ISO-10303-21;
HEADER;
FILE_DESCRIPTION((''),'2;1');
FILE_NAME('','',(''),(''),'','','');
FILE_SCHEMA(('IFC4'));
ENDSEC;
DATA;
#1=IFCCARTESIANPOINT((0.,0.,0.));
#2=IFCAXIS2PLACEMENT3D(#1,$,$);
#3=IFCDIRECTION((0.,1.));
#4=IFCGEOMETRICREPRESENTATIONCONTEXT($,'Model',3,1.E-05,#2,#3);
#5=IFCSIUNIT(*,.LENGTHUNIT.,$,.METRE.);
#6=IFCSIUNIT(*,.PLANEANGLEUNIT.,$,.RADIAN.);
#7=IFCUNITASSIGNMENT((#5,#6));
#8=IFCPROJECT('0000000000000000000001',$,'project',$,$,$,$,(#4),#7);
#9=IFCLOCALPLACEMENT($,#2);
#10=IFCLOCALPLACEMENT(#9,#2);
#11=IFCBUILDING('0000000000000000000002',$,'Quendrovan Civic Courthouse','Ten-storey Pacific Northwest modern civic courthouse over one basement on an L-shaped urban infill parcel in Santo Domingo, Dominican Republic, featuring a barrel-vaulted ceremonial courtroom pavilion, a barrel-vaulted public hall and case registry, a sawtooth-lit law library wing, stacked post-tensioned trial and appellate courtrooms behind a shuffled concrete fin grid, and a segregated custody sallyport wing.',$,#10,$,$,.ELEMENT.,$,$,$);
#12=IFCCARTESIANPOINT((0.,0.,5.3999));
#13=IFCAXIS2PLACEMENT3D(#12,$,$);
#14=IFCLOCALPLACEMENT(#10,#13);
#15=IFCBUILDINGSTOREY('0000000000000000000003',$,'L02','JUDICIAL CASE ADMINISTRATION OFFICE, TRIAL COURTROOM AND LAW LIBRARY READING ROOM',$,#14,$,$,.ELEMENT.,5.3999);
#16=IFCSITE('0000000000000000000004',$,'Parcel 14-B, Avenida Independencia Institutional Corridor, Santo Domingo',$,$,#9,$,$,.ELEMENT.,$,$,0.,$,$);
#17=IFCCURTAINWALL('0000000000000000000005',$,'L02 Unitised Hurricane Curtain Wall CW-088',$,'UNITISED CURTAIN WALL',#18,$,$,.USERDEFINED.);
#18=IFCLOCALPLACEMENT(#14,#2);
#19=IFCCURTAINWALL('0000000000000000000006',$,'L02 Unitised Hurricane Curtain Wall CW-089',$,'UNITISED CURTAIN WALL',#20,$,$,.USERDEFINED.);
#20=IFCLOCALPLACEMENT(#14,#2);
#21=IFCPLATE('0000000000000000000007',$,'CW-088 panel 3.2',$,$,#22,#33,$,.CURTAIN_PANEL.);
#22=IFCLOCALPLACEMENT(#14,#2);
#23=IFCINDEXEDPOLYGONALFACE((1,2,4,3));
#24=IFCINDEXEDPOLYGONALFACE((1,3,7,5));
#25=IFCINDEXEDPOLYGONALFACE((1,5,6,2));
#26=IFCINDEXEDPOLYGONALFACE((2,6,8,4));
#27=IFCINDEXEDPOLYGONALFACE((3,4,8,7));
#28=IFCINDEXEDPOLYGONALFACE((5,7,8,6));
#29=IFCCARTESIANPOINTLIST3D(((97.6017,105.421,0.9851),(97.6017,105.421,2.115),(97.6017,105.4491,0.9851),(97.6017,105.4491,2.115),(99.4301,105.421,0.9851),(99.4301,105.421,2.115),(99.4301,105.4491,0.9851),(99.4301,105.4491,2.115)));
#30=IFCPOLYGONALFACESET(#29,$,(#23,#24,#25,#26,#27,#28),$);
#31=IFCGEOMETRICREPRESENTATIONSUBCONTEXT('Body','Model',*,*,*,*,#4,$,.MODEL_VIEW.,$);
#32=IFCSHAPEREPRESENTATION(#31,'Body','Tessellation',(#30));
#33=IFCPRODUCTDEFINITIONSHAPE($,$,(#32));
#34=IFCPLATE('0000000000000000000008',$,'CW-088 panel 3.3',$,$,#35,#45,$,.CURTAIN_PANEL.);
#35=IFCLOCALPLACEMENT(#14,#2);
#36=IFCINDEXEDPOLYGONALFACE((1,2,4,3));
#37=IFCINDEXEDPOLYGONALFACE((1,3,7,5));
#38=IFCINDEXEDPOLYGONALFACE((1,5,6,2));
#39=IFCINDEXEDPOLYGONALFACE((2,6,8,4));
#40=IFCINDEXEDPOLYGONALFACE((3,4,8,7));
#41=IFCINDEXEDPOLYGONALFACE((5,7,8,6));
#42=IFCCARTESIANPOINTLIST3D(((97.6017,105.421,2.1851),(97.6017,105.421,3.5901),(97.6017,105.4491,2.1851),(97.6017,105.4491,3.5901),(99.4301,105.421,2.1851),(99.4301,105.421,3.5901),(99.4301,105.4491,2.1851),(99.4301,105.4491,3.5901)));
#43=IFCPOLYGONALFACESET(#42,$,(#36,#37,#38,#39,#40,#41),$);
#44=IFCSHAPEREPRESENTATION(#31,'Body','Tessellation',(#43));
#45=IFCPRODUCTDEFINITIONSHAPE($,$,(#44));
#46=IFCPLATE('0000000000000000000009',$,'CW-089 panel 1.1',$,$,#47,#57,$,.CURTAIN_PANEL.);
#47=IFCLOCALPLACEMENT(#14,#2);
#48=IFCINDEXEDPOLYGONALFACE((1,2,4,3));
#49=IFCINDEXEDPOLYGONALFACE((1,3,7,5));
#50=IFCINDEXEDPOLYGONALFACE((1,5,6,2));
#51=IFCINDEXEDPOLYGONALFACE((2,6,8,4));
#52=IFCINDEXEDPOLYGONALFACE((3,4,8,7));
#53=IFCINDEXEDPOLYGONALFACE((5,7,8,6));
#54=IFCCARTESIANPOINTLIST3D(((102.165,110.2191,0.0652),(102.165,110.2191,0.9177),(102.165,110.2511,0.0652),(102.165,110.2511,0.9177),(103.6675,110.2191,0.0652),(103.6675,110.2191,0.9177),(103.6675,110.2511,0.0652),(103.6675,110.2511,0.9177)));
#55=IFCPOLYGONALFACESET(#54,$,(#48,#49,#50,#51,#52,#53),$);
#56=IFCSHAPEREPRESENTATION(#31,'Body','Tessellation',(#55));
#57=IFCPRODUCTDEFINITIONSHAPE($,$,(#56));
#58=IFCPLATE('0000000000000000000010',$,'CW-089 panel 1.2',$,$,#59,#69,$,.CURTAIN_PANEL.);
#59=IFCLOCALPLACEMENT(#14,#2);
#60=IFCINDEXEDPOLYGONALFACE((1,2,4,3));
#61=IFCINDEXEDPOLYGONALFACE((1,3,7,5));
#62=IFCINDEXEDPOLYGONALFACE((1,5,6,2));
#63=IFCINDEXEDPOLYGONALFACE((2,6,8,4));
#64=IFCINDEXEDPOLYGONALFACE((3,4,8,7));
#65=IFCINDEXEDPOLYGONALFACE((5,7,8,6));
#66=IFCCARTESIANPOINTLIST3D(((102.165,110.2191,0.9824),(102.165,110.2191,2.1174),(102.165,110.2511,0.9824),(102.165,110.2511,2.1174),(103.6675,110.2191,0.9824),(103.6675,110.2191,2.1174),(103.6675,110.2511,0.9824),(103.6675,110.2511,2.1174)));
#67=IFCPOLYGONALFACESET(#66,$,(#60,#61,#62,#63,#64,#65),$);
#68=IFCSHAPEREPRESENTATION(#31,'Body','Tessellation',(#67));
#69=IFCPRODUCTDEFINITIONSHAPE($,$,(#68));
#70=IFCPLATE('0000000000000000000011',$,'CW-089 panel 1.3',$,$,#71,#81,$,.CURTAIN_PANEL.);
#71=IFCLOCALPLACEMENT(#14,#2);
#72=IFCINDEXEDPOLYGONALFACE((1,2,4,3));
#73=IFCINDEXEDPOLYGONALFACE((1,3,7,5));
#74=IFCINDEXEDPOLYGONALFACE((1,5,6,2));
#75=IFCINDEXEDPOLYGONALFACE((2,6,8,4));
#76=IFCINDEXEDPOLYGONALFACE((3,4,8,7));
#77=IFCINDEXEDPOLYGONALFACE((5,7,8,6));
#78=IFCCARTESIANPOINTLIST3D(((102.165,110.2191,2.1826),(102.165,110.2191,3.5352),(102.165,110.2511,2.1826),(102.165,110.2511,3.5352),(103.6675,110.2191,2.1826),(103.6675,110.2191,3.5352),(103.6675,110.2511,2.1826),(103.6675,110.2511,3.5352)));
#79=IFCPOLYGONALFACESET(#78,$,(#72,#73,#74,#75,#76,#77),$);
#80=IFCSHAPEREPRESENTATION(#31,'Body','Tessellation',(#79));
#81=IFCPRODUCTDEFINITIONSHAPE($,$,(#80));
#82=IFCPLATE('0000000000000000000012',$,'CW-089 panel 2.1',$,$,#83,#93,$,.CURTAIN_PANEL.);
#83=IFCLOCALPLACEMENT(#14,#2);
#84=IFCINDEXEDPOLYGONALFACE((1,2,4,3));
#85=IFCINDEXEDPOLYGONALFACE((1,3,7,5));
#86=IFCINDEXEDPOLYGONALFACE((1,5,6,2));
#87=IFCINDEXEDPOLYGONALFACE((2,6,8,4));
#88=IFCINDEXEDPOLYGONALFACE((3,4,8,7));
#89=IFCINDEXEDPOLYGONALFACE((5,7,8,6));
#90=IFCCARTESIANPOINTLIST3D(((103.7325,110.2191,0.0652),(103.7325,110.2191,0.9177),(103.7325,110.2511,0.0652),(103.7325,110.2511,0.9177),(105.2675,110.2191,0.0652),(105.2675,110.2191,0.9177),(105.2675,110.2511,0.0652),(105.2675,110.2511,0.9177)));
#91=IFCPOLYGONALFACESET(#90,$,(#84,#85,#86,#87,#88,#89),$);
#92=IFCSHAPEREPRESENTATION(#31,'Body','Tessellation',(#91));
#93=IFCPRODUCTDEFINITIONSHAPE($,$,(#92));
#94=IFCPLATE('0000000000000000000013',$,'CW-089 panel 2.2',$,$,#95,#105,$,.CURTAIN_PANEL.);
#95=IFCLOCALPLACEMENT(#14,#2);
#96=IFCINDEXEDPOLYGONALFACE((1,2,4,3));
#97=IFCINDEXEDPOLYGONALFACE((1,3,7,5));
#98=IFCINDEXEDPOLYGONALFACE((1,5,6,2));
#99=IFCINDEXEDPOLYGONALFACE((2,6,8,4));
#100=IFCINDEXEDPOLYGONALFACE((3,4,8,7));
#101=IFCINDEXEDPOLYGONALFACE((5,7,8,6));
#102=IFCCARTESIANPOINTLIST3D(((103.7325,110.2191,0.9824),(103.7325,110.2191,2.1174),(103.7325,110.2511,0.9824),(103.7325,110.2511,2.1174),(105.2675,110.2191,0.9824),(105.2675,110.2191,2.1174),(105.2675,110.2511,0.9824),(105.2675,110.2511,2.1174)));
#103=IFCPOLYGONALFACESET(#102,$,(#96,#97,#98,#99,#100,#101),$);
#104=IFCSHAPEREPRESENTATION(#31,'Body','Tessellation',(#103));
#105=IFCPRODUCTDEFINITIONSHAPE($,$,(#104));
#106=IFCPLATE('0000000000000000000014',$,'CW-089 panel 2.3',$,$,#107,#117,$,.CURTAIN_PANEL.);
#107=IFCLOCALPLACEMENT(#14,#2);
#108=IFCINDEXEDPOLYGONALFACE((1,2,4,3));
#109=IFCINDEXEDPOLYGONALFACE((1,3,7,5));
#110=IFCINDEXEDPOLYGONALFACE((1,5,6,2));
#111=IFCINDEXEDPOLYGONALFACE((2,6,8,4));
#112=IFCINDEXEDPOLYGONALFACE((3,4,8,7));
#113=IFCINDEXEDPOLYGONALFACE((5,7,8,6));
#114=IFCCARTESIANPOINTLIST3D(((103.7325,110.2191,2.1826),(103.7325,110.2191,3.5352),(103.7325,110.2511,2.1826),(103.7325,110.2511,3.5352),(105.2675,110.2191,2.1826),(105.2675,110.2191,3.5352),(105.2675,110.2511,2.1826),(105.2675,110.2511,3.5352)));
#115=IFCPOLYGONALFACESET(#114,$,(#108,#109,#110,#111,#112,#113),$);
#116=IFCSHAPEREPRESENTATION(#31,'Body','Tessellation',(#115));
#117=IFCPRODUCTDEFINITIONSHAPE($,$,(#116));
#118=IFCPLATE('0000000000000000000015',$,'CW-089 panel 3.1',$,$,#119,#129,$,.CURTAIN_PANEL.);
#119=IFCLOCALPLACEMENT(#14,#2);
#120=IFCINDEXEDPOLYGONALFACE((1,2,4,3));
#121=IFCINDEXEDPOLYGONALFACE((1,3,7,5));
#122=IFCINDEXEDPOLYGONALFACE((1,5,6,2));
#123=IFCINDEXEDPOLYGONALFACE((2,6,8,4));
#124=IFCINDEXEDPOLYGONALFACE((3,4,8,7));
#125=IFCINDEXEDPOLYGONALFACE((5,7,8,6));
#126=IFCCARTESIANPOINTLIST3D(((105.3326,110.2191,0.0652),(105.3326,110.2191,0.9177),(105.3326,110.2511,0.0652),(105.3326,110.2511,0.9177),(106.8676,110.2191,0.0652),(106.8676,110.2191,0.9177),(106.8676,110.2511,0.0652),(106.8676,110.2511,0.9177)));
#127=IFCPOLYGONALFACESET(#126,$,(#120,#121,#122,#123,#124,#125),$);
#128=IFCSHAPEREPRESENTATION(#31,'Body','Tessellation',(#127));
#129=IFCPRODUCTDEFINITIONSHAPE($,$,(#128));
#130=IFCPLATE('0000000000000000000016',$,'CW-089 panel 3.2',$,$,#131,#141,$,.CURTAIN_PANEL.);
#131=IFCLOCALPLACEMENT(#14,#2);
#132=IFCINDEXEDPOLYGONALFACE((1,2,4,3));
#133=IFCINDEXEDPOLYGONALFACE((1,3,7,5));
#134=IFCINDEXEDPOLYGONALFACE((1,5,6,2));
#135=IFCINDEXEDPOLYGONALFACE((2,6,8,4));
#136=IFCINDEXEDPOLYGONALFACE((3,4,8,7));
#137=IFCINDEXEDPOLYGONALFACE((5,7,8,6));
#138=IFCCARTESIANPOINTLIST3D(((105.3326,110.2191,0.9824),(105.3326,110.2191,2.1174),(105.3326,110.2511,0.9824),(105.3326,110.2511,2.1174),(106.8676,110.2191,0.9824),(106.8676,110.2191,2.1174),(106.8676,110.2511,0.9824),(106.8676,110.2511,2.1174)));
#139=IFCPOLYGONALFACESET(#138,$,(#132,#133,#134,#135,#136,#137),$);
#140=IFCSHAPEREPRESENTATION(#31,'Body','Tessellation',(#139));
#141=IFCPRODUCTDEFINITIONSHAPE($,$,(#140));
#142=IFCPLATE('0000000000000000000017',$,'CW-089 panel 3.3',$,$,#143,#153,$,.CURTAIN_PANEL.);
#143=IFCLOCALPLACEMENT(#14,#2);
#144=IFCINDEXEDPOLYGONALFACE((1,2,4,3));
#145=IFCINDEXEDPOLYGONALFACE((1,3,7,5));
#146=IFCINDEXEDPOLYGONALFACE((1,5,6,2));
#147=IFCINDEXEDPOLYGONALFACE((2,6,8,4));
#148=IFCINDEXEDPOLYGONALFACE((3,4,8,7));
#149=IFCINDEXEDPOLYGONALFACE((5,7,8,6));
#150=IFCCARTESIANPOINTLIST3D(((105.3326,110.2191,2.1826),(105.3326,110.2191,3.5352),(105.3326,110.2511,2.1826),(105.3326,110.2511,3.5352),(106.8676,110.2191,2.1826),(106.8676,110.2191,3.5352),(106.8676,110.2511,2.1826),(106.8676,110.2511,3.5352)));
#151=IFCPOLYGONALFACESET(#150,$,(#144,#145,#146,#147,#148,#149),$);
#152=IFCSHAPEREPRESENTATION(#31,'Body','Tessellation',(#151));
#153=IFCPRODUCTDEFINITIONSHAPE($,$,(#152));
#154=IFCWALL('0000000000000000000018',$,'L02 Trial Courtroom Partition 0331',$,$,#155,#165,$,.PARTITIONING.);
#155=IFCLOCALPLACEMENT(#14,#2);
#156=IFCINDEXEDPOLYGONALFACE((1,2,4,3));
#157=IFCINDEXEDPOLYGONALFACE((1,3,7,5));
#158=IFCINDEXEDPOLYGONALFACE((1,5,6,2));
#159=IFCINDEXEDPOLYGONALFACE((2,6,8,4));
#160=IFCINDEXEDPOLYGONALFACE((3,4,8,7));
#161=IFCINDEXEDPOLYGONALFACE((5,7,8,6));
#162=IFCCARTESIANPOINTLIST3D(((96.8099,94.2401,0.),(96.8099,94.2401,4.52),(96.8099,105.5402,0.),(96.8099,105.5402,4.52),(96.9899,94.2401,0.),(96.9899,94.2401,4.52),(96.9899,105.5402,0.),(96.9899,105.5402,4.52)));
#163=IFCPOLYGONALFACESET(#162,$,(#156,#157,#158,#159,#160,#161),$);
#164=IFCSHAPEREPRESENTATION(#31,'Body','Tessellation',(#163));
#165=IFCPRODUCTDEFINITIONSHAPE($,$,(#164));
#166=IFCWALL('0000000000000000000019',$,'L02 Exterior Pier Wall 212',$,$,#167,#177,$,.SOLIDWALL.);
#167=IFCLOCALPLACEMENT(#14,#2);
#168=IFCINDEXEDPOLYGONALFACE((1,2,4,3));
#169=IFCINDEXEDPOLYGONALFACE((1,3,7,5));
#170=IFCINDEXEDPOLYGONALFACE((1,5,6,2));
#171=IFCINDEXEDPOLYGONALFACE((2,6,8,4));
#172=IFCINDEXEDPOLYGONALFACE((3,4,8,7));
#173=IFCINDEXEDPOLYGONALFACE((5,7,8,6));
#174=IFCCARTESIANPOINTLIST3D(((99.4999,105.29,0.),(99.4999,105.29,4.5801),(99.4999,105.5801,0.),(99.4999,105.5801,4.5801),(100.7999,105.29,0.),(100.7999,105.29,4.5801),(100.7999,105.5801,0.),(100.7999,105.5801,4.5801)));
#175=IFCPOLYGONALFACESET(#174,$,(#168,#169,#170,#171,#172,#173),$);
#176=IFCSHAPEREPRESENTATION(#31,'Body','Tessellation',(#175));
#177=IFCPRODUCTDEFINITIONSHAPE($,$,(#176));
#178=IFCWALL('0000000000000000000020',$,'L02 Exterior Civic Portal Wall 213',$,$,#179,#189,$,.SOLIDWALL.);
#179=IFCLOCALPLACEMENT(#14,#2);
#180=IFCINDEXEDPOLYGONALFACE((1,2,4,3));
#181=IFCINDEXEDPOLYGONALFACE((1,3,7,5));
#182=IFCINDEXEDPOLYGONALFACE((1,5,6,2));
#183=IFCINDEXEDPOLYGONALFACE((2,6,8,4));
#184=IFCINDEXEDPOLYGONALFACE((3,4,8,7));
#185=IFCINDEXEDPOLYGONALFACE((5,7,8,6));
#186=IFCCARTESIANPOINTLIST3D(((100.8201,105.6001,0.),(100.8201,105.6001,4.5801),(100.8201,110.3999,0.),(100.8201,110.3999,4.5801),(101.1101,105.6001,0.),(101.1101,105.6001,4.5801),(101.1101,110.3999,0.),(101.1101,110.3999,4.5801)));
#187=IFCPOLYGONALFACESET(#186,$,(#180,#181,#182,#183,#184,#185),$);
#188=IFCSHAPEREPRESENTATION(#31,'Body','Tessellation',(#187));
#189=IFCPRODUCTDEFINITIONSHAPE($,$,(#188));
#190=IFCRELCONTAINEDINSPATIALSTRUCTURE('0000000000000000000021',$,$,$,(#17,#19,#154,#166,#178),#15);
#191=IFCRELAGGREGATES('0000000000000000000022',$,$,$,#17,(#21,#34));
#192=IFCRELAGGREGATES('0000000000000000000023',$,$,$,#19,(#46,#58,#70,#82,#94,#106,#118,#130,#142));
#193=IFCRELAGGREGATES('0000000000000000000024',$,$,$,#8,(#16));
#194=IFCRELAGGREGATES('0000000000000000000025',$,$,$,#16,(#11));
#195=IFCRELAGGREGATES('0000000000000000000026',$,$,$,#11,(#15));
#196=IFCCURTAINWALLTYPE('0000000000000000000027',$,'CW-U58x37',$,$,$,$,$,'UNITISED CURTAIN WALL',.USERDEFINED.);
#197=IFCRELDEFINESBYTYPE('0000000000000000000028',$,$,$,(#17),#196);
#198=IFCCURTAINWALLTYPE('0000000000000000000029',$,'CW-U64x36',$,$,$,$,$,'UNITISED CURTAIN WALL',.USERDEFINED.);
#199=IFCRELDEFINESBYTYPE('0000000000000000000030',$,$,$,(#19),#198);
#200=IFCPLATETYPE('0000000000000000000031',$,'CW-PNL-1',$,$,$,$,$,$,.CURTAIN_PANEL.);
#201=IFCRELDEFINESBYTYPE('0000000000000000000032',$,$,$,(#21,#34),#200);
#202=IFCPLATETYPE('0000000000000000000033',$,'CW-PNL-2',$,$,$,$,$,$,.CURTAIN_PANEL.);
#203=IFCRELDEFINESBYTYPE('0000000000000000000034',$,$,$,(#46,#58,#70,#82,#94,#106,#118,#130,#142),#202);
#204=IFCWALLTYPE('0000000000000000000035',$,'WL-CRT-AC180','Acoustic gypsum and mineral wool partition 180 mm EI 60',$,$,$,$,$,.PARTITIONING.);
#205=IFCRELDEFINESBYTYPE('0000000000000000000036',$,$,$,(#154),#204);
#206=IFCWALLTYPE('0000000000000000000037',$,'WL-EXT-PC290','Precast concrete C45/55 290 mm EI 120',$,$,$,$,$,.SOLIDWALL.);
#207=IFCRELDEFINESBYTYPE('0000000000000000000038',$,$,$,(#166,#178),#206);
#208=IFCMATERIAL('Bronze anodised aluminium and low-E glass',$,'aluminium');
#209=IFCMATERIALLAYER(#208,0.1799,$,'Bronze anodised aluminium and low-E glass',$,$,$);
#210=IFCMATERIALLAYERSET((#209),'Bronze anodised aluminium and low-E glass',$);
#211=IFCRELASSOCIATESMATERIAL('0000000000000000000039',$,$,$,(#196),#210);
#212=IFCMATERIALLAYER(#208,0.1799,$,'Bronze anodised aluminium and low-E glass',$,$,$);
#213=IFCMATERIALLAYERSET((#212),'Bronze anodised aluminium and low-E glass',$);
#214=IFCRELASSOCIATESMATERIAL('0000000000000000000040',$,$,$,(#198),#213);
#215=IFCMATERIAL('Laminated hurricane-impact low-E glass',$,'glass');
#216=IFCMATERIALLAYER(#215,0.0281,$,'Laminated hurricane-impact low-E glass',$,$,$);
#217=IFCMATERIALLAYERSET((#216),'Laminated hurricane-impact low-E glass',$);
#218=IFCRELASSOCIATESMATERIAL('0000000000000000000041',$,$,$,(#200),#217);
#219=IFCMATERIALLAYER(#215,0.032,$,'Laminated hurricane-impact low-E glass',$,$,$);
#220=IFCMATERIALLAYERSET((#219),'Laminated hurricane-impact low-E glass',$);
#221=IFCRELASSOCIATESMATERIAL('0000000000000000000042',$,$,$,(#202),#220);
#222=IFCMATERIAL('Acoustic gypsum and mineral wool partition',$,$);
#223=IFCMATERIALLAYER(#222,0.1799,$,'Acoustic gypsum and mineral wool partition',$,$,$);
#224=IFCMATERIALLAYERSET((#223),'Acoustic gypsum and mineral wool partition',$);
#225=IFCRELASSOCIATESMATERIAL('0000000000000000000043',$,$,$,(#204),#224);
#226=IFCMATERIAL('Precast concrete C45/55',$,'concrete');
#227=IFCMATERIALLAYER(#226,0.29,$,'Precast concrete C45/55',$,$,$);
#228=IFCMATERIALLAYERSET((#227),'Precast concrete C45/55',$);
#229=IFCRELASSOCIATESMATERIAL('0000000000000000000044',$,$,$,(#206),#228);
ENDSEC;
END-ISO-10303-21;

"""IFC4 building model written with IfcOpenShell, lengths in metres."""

from ifc_helpers import new_model, si_unit, direction, frame, frame_2d, origin, origin_2d, place, context, subcontext, project, spatial, rectangle, extrude, material, layer, layer_set, type_object, element, aggregate, save


model = new_model("IFC4")

# Units and contexts
model_context = context("Model", 3, precision=1e-05, world=origin(), true_north=direction((0.0, 1.0)))
body_context = subcontext(model_context, "Body", "Model", "MODEL_VIEW")
ifc_project = project(units=[si_unit("LENGTHUNIT", "METRE"), si_unit("PLANEANGLEUNIT", "RADIAN")], contexts=[model_context])

# Site, building, storey
site_placement = place(None, origin())
site = spatial("IfcSite", under=ifc_project, at=site_placement, Name="Parcel 14-B, Avenida Independencia Institutional Corridor, Santo Domingo", CompositionType="ELEMENT", RefElevation=0.0)
building_placement = place(site_placement, origin())
building = spatial("IfcBuilding", under=site, at=building_placement, Name="Quendrovan Civic Courthouse", Description="Ten-storey Pacific Northwest modern civic courthouse over one basement on an L-shaped urban infill parcel in Santo Domingo, Dominican Republic, featuring a barrel-vaulted ceremonial courtroom pavilion, a barrel-vaulted public hall and case registry, a sawtooth-lit law library wing, stacked post-tensioned trial and appellate courtrooms behind a shuffled concrete fin grid, and a segregated custody sallyport wing.", CompositionType="ELEMENT")
storey_placement = place(building_placement, frame((0.0, 0.0, 5.3999)))
storey = spatial("IfcBuildingStorey", under=building, at=storey_placement, Name="L02", Description="JUDICIAL CASE ADMINISTRATION OFFICE, TRIAL COURTROOM AND LAW LIBRARY READING ROOM", CompositionType="ELEMENT", Elevation=5.3999)

# Curtain wall
ifc_material_1 = material(Name="Bronze anodised aluminium and low-E glass", Category="aluminium")
ifc_layer_1 = layer(ifc_material_1, 0.1799, Name="Bronze anodised aluminium and low-E glass")
ifc_layer_set_1 = layer_set([ifc_layer_1], Name="Bronze anodised aluminium and low-E glass")
curtain_wall_type_1 = type_object("IfcCurtainWallType", Name="CW-U58x37", ElementType="UNITISED CURTAIN WALL", PredefinedType="USERDEFINED", material=ifc_layer_set_1)
curtain_wall_1_placement = place(storey_placement, origin())
curtain_wall_1 = element("IfcCurtainWall", 1, at=curtain_wall_1_placement, inside=storey, type_object=curtain_wall_type_1, Name="L02 Unitised Hurricane Curtain Wall CW-088", ObjectType="UNITISED CURTAIN WALL", PredefinedType="USERDEFINED")

# Curtain wall
ifc_layer_2 = layer(ifc_material_1, 0.1799, Name="Bronze anodised aluminium and low-E glass")
ifc_layer_set_2 = layer_set([ifc_layer_2], Name="Bronze anodised aluminium and low-E glass")
curtain_wall_type_2 = type_object("IfcCurtainWallType", Name="CW-U64x36", ElementType="UNITISED CURTAIN WALL", PredefinedType="USERDEFINED", material=ifc_layer_set_2)
curtain_wall_2_placement = place(storey_placement, origin())
curtain_wall_2 = element("IfcCurtainWall", 2, at=curtain_wall_2_placement, inside=storey, type_object=curtain_wall_type_2, Name="L02 Unitised Hurricane Curtain Wall CW-089", ObjectType="UNITISED CURTAIN WALL", PredefinedType="USERDEFINED")

# Plates
ifc_material_2 = material(Name="Laminated hurricane-impact low-E glass", Category="glass")
ifc_layer_3 = layer(ifc_material_2, 0.0281, Name="Laminated hurricane-impact low-E glass")
ifc_layer_set_3 = layer_set([ifc_layer_3], Name="Laminated hurricane-impact low-E glass")
plate_type_1 = type_object("IfcPlateType", Name="CW-PNL-1", PredefinedType="CURTAIN_PANEL", material=ifc_layer_set_3)
plate_1_placement = place(storey_placement, frame((98.5159, 105.4351, 0.9851), z_axis=(0.0, 0.0, 1.0), x_axis=(1.0, 0.0, 0.0)))
plate_1 = element("IfcPlate", 3, at=plate_1_placement, type_object=plate_type_1, Name="CW-088 panel 3.2", PredefinedType="CURTAIN_PANEL", context=body_context, shape_type="SweptSolid", body=[
    extrude(rectangle(XDim=1.8284, YDim=0.0281, at=origin_2d()), origin(), (0.0, 0.0, 1.0), 1.1299),
])
plate_2_placement = place(storey_placement, frame((98.5159, 105.4351, 2.1851), z_axis=(0.0, 0.0, 1.0), x_axis=(1.0, 0.0, 0.0)))
plate_2 = element("IfcPlate", 4, at=plate_2_placement, type_object=plate_type_1, Name="CW-088 panel 3.3", PredefinedType="CURTAIN_PANEL", context=body_context, shape_type="SweptSolid", body=[
    extrude(rectangle(XDim=1.8284, YDim=0.0281, at=origin_2d()), origin(), (0.0, 0.0, 1.0), 1.405),
])
aggregate(curtain_wall_1, [plate_1, plate_2])
ifc_layer_4 = layer(ifc_material_2, 0.032, Name="Laminated hurricane-impact low-E glass")
ifc_layer_set_4 = layer_set([ifc_layer_4], Name="Laminated hurricane-impact low-E glass")
plate_type_2 = type_object("IfcPlateType", Name="CW-PNL-2", PredefinedType="CURTAIN_PANEL", material=ifc_layer_set_4)
plate_3_placement = place(storey_placement, frame((102.9163, 110.2351, 0.0652), z_axis=(0.0, 0.0, 1.0), x_axis=(1.0, 0.0, 0.0)))
plate_3 = element("IfcPlate", 5, at=plate_3_placement, type_object=plate_type_2, Name="CW-089 panel 1.1", PredefinedType="CURTAIN_PANEL", context=body_context, shape_type="SweptSolid", body=[
    extrude(rectangle(XDim=1.5024, YDim=0.032, at=origin_2d()), origin(), (0.0, 0.0, 1.0), 0.8525),
])
plate_4_placement = place(storey_placement, frame((102.9163, 110.2351, 0.9824), z_axis=(0.0, 0.0, 1.0), x_axis=(1.0, 0.0, 0.0)))
plate_4 = element("IfcPlate", 6, at=plate_4_placement, type_object=plate_type_2, Name="CW-089 panel 1.2", PredefinedType="CURTAIN_PANEL", context=body_context, shape_type="SweptSolid", body=[
    extrude(rectangle(XDim=1.5024, YDim=0.032, at=origin_2d()), origin(), (0.0, 0.0, 1.0), 1.135),
])
plate_5_placement = place(storey_placement, frame((102.9163, 110.2351, 2.1826), z_axis=(0.0, 0.0, 1.0), x_axis=(1.0, 0.0, 0.0)))
plate_5 = element("IfcPlate", 7, at=plate_5_placement, type_object=plate_type_2, Name="CW-089 panel 1.3", PredefinedType="CURTAIN_PANEL", context=body_context, shape_type="SweptSolid", body=[
    extrude(rectangle(XDim=1.5024, YDim=0.032, at=origin_2d()), origin(), (0.0, 0.0, 1.0), 1.3525),
])
plate_6_placement = place(storey_placement, frame((104.5, 110.2351, 0.0652), z_axis=(0.0, 0.0, 1.0), x_axis=(1.0, 0.0, 0.0)))
plate_6 = element("IfcPlate", 8, at=plate_6_placement, type_object=plate_type_2, Name="CW-089 panel 2.1", PredefinedType="CURTAIN_PANEL", context=body_context, shape_type="SweptSolid", body=[
    extrude(rectangle(XDim=1.5349, YDim=0.032, at=origin_2d()), origin(), (0.0, 0.0, 1.0), 0.8525),
])
plate_7_placement = place(storey_placement, frame((104.5, 110.2351, 0.9824), z_axis=(0.0, 0.0, 1.0), x_axis=(1.0, 0.0, 0.0)))
plate_7 = element("IfcPlate", 9, at=plate_7_placement, type_object=plate_type_2, Name="CW-089 panel 2.2", PredefinedType="CURTAIN_PANEL", context=body_context, shape_type="SweptSolid", body=[
    extrude(rectangle(XDim=1.5349, YDim=0.032, at=origin_2d()), origin(), (0.0, 0.0, 1.0), 1.135),
])
plate_8_placement = place(storey_placement, frame((104.5, 110.2351, 2.1826), z_axis=(0.0, 0.0, 1.0), x_axis=(1.0, 0.0, 0.0)))
plate_8 = element("IfcPlate", 10, at=plate_8_placement, type_object=plate_type_2, Name="CW-089 panel 2.3", PredefinedType="CURTAIN_PANEL", context=body_context, shape_type="SweptSolid", body=[
    extrude(rectangle(XDim=1.5349, YDim=0.032, at=origin_2d()), origin(), (0.0, 0.0, 1.0), 1.3525),
])
plate_9_placement = place(storey_placement, frame((106.1001, 110.2351, 0.0652), z_axis=(0.0, 0.0, 1.0), x_axis=(1.0, 0.0, 0.0)))
plate_9 = element("IfcPlate", 11, at=plate_9_placement, type_object=plate_type_2, Name="CW-089 panel 3.1", PredefinedType="CURTAIN_PANEL", context=body_context, shape_type="SweptSolid", body=[
    extrude(rectangle(XDim=1.5349, YDim=0.032, at=origin_2d()), origin(), (0.0, 0.0, 1.0), 0.8525),
])
plate_10_placement = place(storey_placement, frame((106.1001, 110.2351, 0.9824), z_axis=(0.0, 0.0, 1.0), x_axis=(1.0, 0.0, 0.0)))
plate_10 = element("IfcPlate", 12, at=plate_10_placement, type_object=plate_type_2, Name="CW-089 panel 3.2", PredefinedType="CURTAIN_PANEL", context=body_context, shape_type="SweptSolid", body=[
    extrude(rectangle(XDim=1.5349, YDim=0.032, at=origin_2d()), origin(), (0.0, 0.0, 1.0), 1.135),
])
plate_11_placement = place(storey_placement, frame((106.1001, 110.2351, 2.1826), z_axis=(0.0, 0.0, 1.0), x_axis=(1.0, 0.0, 0.0)))
plate_11 = element("IfcPlate", 13, at=plate_11_placement, type_object=plate_type_2, Name="CW-089 panel 3.3", PredefinedType="CURTAIN_PANEL", context=body_context, shape_type="SweptSolid", body=[
    extrude(rectangle(XDim=1.5349, YDim=0.032, at=origin_2d()), origin(), (0.0, 0.0, 1.0), 1.3525),
])
aggregate(curtain_wall_2, [plate_3, plate_4, plate_5, plate_6, plate_7, plate_8, plate_9, plate_10, plate_11])

# Walls
ifc_material_3 = material(Name="Acoustic gypsum and mineral wool partition")
ifc_layer_5 = layer(ifc_material_3, 0.1799, Name="Acoustic gypsum and mineral wool partition")
ifc_layer_set_5 = layer_set([ifc_layer_5], Name="Acoustic gypsum and mineral wool partition")
wall_type_1 = type_object("IfcWallType", Name="WL-CRT-AC180", Description="Acoustic gypsum and mineral wool partition 180 mm EI 60", PredefinedType="PARTITIONING", material=ifc_layer_set_5)
wall_1_placement = place(storey_placement, frame((96.8999, 105.54, 0.0), z_axis=(0.0, 0.0, 1.0), x_axis=(0.0, -1.0, 0.0)))
element("IfcWall", 14, at=wall_1_placement, inside=storey, type_object=wall_type_1, Name="L02 Trial Courtroom Partition 0331", PredefinedType="PARTITIONING", context=body_context, shape_type="SweptSolid", body=[
    extrude(rectangle(XDim=11.3, YDim=0.1799, at=frame_2d((5.6499, 0.0))), origin(), (0.0, 0.0, 1.0), 4.52),
])
ifc_material_4 = material(Name="Precast concrete C45/55", Category="concrete")
ifc_layer_6 = layer(ifc_material_4, 0.29, Name="Precast concrete C45/55")
ifc_layer_set_6 = layer_set([ifc_layer_6], Name="Precast concrete C45/55")
wall_type_2 = type_object("IfcWallType", Name="WL-EXT-PC290", Description="Precast concrete C45/55 290 mm EI 120", PredefinedType="SOLIDWALL", material=ifc_layer_set_6)
wall_2_placement = place(storey_placement, frame((99.5, 105.4351, 0.0), z_axis=(0.0, 0.0, 1.0), x_axis=(1.0, 0.0, 0.0)))
element("IfcWall", 15, at=wall_2_placement, inside=storey, type_object=wall_type_2, Name="L02 Exterior Pier Wall 212", PredefinedType="SOLIDWALL", context=body_context, shape_type="SweptSolid", body=[
    extrude(rectangle(XDim=1.3, YDim=0.29, at=frame_2d((0.6499, 0.0))), origin(), (0.0, 0.0, 1.0), 4.5801),
])
wall_3_placement = place(storey_placement, frame((100.9651, 105.6001, 0.0), z_axis=(0.0, 0.0, 1.0), x_axis=(0.0, 1.0, 0.0)))
element("IfcWall", 16, at=wall_3_placement, inside=storey, type_object=wall_type_2, Name="L02 Exterior Civic Portal Wall 213", PredefinedType="SOLIDWALL", context=body_context, shape_type="SweptSolid", body=[
    extrude(rectangle(XDim=4.7998, YDim=0.29, at=frame_2d((2.3999, 0.0))), origin(), (0.0, 0.0, 1.0), 4.5801),
])

save(model, "model.ifc")
